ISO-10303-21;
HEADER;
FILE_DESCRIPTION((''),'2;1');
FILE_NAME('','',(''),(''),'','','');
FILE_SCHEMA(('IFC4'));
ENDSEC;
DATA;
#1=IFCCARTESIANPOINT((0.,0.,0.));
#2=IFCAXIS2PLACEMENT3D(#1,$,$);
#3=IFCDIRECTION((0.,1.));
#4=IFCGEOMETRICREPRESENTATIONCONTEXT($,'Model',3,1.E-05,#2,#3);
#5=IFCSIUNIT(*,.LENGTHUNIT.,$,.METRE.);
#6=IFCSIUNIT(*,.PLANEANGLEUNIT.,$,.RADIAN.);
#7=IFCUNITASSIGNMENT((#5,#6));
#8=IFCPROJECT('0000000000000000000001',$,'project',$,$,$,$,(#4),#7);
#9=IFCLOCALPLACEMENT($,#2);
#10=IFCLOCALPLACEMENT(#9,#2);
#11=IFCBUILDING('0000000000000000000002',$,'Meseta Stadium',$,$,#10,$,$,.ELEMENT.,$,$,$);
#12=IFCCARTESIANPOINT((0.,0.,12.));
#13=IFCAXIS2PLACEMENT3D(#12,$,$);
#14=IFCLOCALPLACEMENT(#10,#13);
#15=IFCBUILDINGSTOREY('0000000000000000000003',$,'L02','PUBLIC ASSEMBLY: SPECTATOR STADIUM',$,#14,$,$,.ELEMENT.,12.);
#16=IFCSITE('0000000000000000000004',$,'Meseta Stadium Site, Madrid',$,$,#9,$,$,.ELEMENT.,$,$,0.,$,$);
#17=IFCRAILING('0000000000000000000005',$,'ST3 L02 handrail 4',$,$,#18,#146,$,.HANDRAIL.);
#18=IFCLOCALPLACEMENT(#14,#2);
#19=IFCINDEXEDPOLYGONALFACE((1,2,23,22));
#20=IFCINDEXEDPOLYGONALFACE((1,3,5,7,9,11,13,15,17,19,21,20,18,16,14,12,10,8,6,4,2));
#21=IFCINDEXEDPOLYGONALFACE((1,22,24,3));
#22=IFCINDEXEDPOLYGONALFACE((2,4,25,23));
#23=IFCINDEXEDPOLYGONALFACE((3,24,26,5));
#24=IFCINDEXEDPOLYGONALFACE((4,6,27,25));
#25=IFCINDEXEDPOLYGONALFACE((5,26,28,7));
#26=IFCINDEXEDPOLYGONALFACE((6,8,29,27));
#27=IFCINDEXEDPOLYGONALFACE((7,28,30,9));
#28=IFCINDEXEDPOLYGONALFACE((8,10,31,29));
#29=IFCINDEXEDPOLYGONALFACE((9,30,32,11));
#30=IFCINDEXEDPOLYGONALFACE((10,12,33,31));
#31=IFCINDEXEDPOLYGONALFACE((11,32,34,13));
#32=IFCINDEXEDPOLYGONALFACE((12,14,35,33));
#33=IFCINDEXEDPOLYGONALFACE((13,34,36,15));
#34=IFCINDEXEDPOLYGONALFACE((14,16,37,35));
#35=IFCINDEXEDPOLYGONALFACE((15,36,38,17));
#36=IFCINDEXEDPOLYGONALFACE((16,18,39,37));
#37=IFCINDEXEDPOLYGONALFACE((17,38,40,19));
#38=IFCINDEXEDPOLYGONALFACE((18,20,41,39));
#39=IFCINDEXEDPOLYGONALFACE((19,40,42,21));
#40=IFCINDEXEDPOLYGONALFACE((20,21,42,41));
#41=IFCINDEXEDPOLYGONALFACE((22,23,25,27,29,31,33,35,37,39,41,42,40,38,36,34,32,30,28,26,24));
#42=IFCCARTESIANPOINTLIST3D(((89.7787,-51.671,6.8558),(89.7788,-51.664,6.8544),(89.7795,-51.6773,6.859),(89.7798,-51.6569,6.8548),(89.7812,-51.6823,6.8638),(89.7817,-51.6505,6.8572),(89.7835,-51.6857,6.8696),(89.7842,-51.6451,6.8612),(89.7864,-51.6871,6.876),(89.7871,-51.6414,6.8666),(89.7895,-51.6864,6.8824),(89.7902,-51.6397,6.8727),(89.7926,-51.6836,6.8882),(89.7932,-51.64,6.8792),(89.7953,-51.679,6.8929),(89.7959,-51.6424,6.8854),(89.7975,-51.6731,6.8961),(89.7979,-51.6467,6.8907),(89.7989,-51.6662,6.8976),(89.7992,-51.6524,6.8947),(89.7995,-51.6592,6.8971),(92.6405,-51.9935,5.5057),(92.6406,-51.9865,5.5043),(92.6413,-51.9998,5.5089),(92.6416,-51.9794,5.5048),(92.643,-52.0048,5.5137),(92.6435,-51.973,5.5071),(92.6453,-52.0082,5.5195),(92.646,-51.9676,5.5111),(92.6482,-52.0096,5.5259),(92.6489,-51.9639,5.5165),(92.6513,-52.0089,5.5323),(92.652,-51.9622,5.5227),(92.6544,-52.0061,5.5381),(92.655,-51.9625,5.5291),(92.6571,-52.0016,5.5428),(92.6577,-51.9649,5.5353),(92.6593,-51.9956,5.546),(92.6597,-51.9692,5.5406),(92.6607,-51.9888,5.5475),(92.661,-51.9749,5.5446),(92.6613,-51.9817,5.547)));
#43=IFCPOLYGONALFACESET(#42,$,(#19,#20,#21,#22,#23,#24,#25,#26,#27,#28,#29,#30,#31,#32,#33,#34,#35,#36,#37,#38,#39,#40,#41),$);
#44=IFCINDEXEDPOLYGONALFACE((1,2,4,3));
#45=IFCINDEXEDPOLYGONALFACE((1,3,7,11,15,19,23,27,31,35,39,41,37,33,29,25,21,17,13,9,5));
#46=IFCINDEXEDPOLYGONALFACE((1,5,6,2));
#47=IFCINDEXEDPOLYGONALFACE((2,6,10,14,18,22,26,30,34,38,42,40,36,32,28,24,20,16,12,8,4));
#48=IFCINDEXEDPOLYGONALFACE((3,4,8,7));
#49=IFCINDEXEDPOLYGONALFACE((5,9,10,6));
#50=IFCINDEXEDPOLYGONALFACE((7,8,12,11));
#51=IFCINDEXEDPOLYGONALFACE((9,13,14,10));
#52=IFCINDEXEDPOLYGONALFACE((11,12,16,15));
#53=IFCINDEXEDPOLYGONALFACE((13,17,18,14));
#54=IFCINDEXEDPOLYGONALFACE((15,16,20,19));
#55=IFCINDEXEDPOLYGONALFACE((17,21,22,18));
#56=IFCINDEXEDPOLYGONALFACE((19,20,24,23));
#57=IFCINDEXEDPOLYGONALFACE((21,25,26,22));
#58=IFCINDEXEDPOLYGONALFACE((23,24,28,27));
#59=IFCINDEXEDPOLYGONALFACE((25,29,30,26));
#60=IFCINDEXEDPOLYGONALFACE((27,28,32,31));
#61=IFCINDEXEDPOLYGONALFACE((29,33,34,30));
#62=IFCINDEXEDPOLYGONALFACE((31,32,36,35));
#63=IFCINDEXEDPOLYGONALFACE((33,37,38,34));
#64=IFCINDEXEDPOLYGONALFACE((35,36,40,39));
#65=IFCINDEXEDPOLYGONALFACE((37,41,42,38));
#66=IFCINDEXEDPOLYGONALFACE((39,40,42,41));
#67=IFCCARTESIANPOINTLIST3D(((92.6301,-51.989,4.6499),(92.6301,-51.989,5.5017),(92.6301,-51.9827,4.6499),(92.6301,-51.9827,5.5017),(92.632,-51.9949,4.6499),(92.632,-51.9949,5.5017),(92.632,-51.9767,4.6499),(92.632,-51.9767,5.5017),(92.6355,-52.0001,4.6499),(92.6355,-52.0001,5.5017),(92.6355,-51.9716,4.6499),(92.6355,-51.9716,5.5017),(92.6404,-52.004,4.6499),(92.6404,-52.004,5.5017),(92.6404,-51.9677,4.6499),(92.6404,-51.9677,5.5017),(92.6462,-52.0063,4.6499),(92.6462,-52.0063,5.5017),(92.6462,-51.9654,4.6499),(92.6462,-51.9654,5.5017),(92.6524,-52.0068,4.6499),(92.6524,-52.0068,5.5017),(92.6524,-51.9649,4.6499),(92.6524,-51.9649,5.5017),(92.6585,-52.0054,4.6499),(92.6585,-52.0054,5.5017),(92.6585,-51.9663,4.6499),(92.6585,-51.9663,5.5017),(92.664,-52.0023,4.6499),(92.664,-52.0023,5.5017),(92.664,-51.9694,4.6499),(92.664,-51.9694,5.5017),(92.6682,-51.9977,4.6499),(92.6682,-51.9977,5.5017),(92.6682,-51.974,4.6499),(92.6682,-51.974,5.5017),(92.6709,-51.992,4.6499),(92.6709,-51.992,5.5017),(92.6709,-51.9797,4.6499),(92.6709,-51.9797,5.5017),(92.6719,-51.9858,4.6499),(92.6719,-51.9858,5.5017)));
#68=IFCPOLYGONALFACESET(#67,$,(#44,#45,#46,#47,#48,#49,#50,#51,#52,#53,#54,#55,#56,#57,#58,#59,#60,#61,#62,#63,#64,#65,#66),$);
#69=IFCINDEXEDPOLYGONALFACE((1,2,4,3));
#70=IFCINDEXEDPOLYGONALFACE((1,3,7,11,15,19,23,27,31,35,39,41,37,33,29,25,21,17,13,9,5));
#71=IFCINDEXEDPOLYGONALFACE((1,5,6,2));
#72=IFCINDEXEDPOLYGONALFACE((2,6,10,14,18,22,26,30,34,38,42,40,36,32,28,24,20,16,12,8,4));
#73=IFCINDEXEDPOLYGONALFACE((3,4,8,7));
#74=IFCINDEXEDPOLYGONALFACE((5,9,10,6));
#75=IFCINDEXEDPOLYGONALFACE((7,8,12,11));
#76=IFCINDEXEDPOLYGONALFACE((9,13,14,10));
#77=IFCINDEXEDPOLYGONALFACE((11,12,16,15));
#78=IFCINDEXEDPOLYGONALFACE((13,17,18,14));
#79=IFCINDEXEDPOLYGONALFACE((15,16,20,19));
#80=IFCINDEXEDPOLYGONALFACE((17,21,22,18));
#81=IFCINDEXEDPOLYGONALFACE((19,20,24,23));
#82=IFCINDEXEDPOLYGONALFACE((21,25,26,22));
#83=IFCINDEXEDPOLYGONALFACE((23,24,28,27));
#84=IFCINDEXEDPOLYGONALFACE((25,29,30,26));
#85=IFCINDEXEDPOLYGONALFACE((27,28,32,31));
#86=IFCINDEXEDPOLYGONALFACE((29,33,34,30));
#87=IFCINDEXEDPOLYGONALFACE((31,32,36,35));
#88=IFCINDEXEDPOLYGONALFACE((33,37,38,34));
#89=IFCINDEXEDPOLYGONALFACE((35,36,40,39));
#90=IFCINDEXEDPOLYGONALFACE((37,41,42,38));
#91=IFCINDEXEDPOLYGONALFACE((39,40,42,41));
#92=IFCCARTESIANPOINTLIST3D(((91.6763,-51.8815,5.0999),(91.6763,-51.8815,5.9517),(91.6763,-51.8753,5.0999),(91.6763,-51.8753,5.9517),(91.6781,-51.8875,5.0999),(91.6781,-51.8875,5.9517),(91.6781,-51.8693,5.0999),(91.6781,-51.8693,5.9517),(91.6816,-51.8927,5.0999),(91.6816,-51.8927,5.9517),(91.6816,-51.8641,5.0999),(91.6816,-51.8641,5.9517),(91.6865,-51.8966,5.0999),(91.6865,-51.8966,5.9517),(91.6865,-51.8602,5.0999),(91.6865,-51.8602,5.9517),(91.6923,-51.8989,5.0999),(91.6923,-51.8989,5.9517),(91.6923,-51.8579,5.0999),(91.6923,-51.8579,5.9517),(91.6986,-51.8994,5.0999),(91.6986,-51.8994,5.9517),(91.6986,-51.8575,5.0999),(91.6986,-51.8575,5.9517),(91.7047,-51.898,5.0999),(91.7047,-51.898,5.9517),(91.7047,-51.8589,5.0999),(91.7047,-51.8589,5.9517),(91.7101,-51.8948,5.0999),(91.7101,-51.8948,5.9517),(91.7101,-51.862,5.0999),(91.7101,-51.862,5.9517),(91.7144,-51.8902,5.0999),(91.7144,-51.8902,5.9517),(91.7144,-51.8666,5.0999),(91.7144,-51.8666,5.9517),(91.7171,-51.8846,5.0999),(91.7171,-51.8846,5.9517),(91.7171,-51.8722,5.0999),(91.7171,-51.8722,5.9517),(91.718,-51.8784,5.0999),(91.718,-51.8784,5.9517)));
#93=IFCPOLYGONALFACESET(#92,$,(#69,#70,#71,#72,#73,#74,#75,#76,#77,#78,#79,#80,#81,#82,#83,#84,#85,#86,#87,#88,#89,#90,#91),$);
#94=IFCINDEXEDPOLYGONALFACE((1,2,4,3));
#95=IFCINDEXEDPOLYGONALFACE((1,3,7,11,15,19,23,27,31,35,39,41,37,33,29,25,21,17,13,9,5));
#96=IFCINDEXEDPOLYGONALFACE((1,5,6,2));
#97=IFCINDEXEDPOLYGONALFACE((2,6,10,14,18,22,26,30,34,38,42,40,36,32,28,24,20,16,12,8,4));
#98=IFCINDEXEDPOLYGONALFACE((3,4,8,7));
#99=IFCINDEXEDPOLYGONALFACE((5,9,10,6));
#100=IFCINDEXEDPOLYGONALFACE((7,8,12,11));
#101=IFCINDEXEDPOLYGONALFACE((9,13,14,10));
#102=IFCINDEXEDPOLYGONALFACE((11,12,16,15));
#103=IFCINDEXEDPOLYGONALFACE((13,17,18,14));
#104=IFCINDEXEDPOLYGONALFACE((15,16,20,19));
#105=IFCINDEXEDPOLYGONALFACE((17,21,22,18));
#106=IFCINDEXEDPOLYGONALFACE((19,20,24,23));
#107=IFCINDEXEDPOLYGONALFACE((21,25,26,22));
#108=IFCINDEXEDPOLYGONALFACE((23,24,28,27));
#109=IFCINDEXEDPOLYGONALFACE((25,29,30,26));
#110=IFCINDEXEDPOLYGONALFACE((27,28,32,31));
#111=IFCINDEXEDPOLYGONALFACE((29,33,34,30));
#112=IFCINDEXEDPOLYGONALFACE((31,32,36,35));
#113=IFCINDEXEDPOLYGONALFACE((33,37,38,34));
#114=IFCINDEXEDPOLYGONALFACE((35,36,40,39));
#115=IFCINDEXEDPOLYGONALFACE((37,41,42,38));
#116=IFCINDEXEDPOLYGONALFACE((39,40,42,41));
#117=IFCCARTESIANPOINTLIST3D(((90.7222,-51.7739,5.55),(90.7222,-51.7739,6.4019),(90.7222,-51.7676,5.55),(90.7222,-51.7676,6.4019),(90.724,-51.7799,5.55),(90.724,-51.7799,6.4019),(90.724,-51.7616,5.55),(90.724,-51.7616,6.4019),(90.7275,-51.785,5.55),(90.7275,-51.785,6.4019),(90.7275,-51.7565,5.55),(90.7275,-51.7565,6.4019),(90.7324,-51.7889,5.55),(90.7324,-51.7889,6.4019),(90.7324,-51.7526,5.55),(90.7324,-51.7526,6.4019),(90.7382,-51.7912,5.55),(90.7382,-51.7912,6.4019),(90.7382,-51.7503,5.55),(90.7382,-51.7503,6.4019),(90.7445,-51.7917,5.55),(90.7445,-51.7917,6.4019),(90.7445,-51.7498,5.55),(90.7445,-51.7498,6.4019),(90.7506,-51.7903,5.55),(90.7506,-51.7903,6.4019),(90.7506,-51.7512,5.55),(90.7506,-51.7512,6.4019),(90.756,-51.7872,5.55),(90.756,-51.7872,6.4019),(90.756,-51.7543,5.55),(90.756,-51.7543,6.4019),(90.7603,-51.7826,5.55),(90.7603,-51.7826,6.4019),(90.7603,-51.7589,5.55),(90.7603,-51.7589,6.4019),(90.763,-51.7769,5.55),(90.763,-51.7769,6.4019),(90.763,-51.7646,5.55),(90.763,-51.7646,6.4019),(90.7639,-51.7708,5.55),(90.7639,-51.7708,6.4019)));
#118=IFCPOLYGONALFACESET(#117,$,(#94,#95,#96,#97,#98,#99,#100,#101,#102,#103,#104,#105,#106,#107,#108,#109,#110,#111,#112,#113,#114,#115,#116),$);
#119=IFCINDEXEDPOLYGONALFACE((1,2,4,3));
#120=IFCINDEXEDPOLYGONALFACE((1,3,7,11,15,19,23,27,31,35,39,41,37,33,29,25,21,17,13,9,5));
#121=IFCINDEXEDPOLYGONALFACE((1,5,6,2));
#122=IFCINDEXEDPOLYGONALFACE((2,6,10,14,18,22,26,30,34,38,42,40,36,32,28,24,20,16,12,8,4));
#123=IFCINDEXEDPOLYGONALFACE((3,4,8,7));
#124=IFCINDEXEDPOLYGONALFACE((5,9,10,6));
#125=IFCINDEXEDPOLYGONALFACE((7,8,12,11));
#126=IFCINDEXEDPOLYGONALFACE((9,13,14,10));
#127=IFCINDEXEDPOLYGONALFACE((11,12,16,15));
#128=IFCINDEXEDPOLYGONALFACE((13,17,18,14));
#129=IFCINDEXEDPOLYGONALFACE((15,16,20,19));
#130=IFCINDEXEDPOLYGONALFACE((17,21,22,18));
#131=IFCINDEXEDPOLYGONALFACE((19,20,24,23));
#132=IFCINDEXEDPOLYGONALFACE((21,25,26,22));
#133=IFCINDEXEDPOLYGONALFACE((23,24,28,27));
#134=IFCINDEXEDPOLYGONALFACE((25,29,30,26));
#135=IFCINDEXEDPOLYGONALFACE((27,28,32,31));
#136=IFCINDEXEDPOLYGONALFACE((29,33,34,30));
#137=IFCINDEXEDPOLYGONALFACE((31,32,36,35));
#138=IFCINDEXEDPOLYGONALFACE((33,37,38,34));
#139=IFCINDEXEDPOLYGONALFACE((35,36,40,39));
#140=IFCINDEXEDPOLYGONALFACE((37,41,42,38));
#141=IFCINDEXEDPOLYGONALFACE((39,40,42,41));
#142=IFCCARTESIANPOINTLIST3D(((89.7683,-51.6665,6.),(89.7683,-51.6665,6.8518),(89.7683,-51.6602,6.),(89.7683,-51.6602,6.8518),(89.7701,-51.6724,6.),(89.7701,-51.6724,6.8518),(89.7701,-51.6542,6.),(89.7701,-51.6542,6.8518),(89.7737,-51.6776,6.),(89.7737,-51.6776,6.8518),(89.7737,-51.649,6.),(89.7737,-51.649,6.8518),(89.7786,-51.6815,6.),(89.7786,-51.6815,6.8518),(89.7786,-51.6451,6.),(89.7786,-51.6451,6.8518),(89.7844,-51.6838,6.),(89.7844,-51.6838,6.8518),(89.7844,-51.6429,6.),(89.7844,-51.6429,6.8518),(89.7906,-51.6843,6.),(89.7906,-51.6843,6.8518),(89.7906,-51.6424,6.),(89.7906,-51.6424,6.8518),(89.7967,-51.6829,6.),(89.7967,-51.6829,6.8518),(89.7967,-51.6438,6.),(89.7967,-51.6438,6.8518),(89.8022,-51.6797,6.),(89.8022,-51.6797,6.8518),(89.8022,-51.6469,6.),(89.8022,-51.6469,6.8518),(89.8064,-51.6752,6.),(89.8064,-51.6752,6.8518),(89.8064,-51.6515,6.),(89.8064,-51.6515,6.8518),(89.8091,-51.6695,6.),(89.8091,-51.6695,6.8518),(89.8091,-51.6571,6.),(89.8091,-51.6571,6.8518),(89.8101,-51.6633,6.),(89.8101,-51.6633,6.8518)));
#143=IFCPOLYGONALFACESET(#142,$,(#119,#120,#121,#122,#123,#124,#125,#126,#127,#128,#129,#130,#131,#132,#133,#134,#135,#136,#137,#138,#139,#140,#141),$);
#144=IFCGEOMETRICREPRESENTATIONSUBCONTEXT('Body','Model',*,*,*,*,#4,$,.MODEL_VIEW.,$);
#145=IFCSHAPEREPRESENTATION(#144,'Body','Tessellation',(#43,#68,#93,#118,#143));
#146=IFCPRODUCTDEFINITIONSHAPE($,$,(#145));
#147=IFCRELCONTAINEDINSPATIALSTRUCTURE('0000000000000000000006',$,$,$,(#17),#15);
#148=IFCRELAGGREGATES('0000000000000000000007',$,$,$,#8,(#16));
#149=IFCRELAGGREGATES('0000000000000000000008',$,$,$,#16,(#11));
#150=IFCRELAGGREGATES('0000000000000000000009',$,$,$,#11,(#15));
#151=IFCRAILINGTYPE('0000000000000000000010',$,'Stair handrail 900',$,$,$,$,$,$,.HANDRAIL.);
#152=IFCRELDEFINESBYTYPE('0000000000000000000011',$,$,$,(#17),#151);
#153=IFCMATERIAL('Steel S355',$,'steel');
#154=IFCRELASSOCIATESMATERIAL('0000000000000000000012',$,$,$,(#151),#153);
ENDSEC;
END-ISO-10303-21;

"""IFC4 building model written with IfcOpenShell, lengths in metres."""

from ifc_helpers import new_model, si_unit, direction, frame, origin, origin_2d, place, context, subcontext, project, spatial, circle, extrude, material, type_object, element, save


model = new_model("IFC4")

# Units and contexts
model_context = context("Model", 3, precision=1e-05, world=origin(), true_north=direction((0.0, 1.0)))
body_context = subcontext(model_context, "Body", "Model", "MODEL_VIEW")
ifc_project = project(units=[si_unit("LENGTHUNIT", "METRE"), si_unit("PLANEANGLEUNIT", "RADIAN")], contexts=[model_context])

# Site, building, storey
site_placement = place(None, origin())
site = spatial("IfcSite", under=ifc_project, at=site_placement, Name="Meseta Stadium Site, Madrid", CompositionType="ELEMENT", RefElevation=0.0)
building_placement = place(site_placement, origin())
building = spatial("IfcBuilding", under=site, at=building_placement, Name="Meseta Stadium", CompositionType="ELEMENT")
storey_placement = place(building_placement, frame((0.0, 0.0, 12.0)))
storey = spatial("IfcBuildingStorey", under=building, at=storey_placement, Name="L02", Description="PUBLIC ASSEMBLY: SPECTATOR STADIUM", CompositionType="ELEMENT", Elevation=12.0)

# Railing
ifc_material_1 = material(Name="Steel S355", Category="steel")
railing_type_1 = type_object("IfcRailingType", Name="Stair handrail 900", PredefinedType="HANDRAIL", material=ifc_material_1)
railing_1_placement = place(storey_placement, frame((92.6509, -51.9858, 4.6499)))
element("IfcRailing", 1, at=railing_1_placement, inside=storey, type_object=railing_type_1, Name="ST3 L02 handrail 4", PredefinedType="HANDRAIL", context=body_context, shape_type="SweptSolid", body=[
    extrude(circle(Radius=0.0239, at=origin_2d()), frame((0.0, 0.0, 0.876), z_axis=(-0.899748, 0.101396, 0.424467), x_axis=(-0.111985, -0.99371, 0.0)), (0.0, 0.0, 1.0), 3.1807),
    extrude(circle(Radius=0.021, at=origin_2d()), origin(), (0.0, 0.0, 1.0), 0.8518),
    extrude(circle(Radius=0.021, at=origin_2d()), frame((-0.9539, 0.1074, 0.45)), (0.0, 0.0, 1.0), 0.8518),
    extrude(circle(Radius=0.021, at=origin_2d()), frame((-1.908, 0.2151, 0.9001)), (0.0, 0.0, 1.0), 0.8518),
    extrude(circle(Radius=0.021, at=origin_2d()), frame((-2.8618, 0.3225, 1.3501)), (0.0, 0.0, 1.0), 0.8518),
])

save(model, "model.ifc")
